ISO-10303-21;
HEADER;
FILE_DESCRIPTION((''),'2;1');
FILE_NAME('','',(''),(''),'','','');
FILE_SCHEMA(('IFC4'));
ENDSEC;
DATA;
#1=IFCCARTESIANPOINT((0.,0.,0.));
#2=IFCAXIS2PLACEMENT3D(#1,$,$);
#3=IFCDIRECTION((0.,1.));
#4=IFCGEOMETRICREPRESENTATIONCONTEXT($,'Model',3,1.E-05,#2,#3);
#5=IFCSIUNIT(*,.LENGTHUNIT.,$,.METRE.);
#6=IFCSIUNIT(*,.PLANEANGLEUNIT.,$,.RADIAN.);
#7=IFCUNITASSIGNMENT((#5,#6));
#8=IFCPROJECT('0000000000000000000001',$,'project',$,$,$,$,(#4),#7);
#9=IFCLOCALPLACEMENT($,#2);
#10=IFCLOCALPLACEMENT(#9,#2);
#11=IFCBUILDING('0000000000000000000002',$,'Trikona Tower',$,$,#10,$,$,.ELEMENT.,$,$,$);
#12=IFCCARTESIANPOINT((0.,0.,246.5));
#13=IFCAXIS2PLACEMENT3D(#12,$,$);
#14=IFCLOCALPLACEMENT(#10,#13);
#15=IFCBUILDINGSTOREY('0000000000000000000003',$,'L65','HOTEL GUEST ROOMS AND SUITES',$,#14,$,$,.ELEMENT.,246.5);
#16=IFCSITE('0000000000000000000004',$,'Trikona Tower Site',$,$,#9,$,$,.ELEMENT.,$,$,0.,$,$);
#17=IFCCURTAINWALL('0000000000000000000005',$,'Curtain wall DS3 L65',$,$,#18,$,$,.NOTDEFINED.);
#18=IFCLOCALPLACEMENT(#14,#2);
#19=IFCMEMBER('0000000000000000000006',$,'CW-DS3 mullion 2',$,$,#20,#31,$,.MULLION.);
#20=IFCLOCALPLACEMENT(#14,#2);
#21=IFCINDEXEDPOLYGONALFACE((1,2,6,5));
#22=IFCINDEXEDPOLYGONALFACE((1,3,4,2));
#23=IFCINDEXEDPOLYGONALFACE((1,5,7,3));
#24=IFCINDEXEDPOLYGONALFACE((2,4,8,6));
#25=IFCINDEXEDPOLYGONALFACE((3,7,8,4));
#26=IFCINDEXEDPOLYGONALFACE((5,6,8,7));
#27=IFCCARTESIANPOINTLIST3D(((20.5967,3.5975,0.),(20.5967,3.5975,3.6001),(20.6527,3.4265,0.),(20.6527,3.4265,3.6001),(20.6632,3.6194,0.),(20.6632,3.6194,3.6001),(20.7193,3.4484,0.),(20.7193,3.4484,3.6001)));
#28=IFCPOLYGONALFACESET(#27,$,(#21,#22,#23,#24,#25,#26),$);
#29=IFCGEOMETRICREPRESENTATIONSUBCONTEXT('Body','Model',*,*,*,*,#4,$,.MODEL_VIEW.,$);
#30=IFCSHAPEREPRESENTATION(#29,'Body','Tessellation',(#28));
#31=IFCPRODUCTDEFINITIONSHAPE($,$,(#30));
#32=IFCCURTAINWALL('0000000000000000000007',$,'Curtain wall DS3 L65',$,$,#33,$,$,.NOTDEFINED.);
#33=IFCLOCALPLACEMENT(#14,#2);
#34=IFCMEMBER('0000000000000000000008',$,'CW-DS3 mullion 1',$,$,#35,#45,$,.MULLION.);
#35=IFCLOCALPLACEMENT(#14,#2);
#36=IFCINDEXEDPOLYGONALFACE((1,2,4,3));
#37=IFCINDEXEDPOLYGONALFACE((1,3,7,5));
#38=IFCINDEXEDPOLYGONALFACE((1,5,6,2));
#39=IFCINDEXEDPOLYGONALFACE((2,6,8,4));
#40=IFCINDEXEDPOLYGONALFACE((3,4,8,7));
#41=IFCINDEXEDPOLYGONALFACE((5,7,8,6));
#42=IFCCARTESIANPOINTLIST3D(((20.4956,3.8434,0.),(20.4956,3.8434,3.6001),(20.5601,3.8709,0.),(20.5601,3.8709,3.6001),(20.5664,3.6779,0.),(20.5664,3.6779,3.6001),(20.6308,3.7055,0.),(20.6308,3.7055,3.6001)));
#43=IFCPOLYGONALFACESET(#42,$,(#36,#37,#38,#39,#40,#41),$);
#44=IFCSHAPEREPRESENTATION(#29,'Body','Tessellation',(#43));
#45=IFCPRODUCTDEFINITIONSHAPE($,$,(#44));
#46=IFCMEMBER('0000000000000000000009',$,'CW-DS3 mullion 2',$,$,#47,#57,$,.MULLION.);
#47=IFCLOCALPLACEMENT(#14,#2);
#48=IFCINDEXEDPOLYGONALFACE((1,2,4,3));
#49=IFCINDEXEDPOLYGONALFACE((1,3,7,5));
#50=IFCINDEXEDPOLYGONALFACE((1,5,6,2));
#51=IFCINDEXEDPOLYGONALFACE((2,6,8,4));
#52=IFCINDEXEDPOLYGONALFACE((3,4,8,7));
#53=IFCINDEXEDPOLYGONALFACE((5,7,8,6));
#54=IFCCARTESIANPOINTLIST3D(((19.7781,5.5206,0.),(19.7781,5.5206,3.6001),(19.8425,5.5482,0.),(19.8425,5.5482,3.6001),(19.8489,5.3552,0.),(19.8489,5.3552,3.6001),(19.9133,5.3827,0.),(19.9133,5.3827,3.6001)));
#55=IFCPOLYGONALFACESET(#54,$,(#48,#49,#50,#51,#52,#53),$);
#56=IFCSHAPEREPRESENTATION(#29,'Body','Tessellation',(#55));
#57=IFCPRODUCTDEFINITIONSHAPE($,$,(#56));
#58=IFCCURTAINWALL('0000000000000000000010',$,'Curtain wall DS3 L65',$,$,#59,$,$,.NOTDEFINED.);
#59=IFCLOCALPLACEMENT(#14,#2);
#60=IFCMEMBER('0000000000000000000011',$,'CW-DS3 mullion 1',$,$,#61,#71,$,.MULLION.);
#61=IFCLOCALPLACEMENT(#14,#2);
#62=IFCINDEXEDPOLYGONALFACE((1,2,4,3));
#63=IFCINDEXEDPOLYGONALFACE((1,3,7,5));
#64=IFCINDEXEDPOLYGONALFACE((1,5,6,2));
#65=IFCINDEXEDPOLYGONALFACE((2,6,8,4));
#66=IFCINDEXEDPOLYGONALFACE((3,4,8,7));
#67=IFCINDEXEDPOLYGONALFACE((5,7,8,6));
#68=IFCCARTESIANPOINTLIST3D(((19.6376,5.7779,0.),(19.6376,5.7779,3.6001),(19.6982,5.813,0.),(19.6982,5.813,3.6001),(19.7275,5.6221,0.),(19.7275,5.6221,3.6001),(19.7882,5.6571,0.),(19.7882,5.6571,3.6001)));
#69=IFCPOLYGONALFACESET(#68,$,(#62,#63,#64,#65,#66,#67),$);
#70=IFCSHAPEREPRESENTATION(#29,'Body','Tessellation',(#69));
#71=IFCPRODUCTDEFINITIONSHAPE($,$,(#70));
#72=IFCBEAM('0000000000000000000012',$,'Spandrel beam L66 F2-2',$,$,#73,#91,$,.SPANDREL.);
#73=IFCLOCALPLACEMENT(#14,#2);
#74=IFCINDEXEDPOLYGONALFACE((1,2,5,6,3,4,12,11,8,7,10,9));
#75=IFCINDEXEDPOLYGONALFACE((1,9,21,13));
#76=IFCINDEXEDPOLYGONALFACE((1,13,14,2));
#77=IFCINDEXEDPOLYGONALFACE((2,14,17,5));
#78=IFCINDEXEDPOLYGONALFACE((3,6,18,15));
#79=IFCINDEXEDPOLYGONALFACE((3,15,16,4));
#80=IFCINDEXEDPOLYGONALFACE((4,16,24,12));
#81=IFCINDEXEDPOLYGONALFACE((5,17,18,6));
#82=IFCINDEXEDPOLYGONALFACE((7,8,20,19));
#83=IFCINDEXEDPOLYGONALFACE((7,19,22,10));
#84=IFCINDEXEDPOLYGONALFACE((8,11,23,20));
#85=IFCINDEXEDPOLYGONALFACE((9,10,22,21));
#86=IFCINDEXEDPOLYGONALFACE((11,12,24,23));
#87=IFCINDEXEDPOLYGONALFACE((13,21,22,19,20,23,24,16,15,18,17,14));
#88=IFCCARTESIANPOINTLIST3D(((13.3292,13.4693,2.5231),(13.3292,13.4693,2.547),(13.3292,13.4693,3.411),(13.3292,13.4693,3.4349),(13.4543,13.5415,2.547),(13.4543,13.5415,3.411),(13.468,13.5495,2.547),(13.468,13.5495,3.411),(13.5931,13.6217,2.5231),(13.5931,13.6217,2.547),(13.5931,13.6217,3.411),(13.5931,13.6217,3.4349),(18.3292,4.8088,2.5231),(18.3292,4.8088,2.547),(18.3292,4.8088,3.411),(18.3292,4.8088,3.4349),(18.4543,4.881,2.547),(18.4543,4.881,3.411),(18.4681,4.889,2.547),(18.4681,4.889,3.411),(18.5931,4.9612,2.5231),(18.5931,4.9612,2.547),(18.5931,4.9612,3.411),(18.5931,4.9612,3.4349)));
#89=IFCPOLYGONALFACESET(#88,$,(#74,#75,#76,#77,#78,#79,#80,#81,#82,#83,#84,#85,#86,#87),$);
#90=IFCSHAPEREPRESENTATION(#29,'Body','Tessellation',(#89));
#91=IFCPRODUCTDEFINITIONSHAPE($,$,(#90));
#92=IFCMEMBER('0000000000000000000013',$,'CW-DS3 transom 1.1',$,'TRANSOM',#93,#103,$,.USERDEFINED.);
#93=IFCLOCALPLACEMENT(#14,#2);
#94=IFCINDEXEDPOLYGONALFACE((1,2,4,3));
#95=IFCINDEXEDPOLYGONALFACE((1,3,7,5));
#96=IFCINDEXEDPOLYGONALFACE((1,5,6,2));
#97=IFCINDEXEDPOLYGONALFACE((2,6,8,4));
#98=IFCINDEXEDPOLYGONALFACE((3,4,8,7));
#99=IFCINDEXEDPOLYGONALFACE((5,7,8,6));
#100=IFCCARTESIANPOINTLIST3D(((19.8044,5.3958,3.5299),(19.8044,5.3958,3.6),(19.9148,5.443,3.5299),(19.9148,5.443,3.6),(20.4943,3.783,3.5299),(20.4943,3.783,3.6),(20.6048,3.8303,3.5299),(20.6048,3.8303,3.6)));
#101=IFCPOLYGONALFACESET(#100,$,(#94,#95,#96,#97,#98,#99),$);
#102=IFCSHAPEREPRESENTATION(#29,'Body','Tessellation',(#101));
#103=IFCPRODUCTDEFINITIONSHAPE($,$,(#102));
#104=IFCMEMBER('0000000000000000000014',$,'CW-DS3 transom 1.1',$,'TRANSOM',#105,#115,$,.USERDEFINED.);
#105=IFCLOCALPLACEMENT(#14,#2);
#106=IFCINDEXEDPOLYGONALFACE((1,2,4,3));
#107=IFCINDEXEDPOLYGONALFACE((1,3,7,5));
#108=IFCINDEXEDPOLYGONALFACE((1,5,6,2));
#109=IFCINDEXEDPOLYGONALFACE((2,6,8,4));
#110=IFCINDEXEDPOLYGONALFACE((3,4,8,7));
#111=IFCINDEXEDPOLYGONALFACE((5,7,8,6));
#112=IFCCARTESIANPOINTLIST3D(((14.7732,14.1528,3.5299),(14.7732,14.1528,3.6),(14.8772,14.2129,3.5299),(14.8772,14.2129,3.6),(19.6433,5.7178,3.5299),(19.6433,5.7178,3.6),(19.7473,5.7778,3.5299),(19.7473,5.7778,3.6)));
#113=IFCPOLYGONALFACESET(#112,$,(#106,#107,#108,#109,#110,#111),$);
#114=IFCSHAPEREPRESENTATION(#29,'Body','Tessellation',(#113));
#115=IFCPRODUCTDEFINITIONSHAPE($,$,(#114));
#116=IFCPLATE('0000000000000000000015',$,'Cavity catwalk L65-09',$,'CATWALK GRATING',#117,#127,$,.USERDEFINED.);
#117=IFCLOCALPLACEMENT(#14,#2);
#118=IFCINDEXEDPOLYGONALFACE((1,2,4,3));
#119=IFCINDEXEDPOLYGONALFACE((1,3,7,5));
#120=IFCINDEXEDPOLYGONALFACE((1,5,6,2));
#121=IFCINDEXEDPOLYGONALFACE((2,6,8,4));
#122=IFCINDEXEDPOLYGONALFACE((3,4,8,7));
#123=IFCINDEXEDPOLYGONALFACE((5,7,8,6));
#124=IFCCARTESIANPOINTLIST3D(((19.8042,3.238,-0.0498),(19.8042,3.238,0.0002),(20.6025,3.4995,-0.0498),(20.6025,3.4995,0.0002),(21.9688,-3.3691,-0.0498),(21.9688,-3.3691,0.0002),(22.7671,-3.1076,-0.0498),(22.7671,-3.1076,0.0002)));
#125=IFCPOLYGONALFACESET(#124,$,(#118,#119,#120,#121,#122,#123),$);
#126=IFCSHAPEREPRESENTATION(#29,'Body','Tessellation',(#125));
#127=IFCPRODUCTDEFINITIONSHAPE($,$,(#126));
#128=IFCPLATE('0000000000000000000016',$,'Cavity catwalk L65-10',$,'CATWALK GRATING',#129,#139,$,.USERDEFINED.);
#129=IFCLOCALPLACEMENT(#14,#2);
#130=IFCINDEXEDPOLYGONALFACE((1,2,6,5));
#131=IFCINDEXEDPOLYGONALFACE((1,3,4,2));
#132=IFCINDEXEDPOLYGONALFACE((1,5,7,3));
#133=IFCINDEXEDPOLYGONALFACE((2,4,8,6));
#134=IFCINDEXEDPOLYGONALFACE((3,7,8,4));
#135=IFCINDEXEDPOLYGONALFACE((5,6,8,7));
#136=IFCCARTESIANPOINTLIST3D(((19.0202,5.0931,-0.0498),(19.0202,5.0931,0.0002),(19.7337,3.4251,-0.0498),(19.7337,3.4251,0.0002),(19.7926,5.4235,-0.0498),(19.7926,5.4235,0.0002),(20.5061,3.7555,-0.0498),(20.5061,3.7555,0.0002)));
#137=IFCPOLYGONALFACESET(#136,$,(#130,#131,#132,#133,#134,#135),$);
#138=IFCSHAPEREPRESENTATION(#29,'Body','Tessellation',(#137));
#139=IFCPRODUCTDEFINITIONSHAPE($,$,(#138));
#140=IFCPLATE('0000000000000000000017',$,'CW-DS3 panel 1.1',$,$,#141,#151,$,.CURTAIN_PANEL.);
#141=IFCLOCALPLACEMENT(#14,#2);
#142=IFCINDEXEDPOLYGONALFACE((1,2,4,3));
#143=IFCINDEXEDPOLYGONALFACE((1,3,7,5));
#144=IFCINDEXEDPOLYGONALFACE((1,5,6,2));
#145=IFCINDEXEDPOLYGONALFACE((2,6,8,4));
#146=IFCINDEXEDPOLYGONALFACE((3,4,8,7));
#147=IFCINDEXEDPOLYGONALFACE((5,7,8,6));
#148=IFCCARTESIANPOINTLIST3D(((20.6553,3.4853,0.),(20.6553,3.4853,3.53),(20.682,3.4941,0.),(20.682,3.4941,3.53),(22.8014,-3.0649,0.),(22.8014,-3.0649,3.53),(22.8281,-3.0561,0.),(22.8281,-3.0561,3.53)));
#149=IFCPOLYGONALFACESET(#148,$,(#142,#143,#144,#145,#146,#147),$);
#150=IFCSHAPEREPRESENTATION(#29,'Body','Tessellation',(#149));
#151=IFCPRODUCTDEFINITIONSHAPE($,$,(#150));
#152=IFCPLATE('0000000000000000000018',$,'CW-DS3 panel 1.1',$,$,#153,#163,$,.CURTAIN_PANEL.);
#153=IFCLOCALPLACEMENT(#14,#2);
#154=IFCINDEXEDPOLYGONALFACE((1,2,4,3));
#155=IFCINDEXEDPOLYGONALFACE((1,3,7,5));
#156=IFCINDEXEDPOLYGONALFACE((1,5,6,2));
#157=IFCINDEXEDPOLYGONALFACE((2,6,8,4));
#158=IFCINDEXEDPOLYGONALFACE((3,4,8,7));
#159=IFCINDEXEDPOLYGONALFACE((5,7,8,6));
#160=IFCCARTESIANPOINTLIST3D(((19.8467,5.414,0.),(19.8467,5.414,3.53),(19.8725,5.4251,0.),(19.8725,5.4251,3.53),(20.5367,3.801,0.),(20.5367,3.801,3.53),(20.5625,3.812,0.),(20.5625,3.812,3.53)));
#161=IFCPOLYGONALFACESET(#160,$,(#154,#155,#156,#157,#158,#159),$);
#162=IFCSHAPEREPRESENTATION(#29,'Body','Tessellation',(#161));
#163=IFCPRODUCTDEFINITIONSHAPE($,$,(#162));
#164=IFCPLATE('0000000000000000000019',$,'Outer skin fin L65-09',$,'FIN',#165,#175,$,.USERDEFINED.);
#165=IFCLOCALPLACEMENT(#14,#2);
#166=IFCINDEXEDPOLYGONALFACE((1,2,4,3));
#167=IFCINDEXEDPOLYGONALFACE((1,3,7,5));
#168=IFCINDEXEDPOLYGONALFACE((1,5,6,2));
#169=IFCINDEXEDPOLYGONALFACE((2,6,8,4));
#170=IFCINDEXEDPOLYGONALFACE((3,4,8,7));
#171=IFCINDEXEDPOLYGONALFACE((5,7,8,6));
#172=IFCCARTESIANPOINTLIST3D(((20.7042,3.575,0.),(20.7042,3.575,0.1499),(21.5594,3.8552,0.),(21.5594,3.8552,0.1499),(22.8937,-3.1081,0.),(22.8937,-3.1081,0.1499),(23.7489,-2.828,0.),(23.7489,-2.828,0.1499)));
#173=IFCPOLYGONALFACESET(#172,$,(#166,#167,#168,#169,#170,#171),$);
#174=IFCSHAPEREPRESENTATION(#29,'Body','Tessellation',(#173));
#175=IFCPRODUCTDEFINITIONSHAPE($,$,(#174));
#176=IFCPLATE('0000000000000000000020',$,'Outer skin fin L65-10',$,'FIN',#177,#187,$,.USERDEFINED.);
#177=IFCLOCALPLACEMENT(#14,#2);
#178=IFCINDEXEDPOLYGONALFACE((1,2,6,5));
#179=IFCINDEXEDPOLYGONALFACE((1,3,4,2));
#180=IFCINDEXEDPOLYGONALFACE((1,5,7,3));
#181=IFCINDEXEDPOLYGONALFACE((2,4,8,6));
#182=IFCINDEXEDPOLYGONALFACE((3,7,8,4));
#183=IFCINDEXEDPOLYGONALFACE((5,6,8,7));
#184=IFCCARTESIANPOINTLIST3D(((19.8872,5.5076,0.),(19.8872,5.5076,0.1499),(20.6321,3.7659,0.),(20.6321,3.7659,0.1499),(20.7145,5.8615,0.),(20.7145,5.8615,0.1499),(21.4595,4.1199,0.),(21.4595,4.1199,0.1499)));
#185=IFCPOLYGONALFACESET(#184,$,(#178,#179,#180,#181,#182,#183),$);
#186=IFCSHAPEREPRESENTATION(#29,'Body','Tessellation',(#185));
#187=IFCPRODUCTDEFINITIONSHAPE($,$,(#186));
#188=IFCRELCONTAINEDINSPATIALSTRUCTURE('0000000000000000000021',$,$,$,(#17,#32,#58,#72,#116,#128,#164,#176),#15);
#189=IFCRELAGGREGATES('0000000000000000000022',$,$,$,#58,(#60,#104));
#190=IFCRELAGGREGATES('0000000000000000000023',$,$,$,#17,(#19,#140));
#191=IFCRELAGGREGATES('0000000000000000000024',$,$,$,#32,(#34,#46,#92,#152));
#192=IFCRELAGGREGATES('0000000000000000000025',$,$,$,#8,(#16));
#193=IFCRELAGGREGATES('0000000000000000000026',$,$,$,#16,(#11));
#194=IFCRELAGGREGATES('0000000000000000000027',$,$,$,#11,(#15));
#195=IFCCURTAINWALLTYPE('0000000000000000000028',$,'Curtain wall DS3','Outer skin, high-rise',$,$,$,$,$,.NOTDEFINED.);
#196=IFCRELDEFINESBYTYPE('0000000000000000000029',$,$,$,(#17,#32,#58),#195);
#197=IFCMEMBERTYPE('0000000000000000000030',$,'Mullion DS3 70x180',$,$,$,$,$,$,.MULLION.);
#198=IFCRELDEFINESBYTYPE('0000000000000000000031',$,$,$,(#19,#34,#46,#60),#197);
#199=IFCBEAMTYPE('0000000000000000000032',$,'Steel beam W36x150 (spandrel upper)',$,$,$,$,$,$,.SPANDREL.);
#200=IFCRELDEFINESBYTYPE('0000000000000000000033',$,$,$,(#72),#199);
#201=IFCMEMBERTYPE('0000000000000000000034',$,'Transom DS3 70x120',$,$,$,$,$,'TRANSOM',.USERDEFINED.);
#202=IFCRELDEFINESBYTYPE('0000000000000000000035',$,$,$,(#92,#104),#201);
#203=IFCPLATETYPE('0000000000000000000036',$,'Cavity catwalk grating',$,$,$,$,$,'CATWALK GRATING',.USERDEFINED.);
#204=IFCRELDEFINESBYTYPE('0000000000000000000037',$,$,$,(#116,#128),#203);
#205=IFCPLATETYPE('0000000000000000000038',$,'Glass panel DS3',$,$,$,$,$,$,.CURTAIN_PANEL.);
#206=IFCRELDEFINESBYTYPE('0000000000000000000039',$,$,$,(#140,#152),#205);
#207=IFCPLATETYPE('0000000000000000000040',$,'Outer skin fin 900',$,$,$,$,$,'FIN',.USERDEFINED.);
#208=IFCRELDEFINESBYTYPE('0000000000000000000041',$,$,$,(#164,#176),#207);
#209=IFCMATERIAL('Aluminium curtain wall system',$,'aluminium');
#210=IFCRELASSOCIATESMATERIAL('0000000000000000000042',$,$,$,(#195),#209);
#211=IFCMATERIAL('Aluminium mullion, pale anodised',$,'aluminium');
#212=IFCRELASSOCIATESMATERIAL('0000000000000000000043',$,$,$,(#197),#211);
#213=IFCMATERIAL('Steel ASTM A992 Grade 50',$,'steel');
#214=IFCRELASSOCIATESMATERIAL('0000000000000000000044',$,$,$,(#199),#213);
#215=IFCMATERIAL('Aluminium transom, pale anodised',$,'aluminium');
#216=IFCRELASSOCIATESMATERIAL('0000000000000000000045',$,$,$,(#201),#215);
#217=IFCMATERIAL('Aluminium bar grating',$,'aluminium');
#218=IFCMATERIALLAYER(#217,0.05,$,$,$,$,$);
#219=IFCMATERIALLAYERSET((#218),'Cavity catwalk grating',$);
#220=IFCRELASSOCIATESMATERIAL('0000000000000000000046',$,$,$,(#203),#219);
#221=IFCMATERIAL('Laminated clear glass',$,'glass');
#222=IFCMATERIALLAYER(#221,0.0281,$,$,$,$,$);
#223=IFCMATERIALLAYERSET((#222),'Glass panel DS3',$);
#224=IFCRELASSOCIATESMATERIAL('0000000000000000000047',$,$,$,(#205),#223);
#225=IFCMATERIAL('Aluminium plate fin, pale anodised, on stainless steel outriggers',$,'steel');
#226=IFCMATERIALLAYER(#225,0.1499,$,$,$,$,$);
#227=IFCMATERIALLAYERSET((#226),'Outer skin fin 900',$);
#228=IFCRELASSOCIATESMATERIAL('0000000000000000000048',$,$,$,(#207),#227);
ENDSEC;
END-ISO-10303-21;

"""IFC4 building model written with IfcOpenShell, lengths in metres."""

from ifc_helpers import new_model, si_unit, direction, frame, origin, origin_2d, place, context, subcontext, project, spatial, rectangle, i_section, extrude, material, layer, layer_set, material_profile, profile_set, type_object, element, aggregate, save


model = new_model("IFC4")

# Units and contexts
model_context = context("Model", 3, precision=1e-05, world=origin(), true_north=direction((0.0, 1.0)))
body_context = subcontext(model_context, "Body", "Model", "MODEL_VIEW")
ifc_project = project(units=[si_unit("LENGTHUNIT", "METRE"), si_unit("PLANEANGLEUNIT", "RADIAN")], contexts=[model_context])

# Site, building, storey
site_placement = place(None, origin())
site = spatial("IfcSite", under=ifc_project, at=site_placement, Name="Trikona Tower Site", CompositionType="ELEMENT", RefElevation=0.0)
building_placement = place(site_placement, origin())
building = spatial("IfcBuilding", under=site, at=building_placement, Name="Trikona Tower", CompositionType="ELEMENT")
storey_placement = place(building_placement, frame((0.0, 0.0, 246.5)))
storey = spatial("IfcBuildingStorey", under=building, at=storey_placement, Name="L65", Description="HOTEL GUEST ROOMS AND SUITES", CompositionType="ELEMENT", Elevation=246.5)

# Curtain wall, member
ifc_material_1 = material(Name="Aluminium curtain wall system", Category="aluminium")
curtain_wall_type = type_object("IfcCurtainWallType", Name="Curtain wall DS3", Description="Outer skin, high-rise", PredefinedType="NOTDEFINED", material=ifc_material_1)
curtain_wall_1_placement = place(storey_placement, origin())
curtain_wall_1 = element("IfcCurtainWall", 1, at=curtain_wall_1_placement, inside=storey, type_object=curtain_wall_type, Name="Curtain wall DS3 L65", PredefinedType="NOTDEFINED")
ifc_material_2 = material(Name="Aluminium mullion, pale anodised", Category="aluminium")
ifc_material_profile_1 = material_profile(ifc_material_2, rectangle(XDim=0.0701, YDim=0.1799, at=origin_2d()), Name="MUL-DS3")
ifc_profile_set_1 = profile_set([ifc_material_profile_1], Name="Aluminium mullion, pale anodised")
member_type_1 = type_object("IfcMemberType", Name="Mullion DS3 70x180", PredefinedType="MULLION", material=ifc_profile_set_1)
member_1_placement = place(storey_placement, frame((20.658, 3.5229, 0.0), z_axis=(0.0, 0.0, 1.0), x_axis=(-0.950297, -0.311344, 0.0)))
member_1 = element("IfcMember", 2, at=member_1_placement, type_object=member_type_1, Name="CW-DS3 mullion 2", PredefinedType="MULLION", context=body_context, shape_type="SweptSolid", body=[
    extrude(rectangle(XDim=0.0701, YDim=0.1799, at=origin_2d()), origin(), (0.0, 0.0, 1.0), 3.6001),
])

# Curtain wall, members
curtain_wall_2_placement = place(storey_placement, origin())
curtain_wall_2 = element("IfcCurtainWall", 3, at=curtain_wall_2_placement, inside=storey, type_object=curtain_wall_type, Name="Curtain wall DS3 L65", PredefinedType="NOTDEFINED")
member_2_placement = place(storey_placement, frame((20.5632, 3.7744, 0.0), z_axis=(0.0, 0.0, 1.0), x_axis=(-0.919421, -0.393276, 0.0)))
member_2 = element("IfcMember", 4, at=member_2_placement, type_object=member_type_1, Name="CW-DS3 mullion 1", PredefinedType="MULLION", context=body_context, shape_type="SweptSolid", body=[
    extrude(rectangle(XDim=0.0701, YDim=0.1799, at=origin_2d()), origin(), (0.0, 0.0, 1.0), 3.6001),
])
member_3_placement = place(storey_placement, frame((19.8457, 5.4517, 0.0), z_axis=(0.0, 0.0, 1.0), x_axis=(-0.919421, -0.393276, 0.0)))
member_3 = element("IfcMember", 5, at=member_3_placement, type_object=member_type_1, Name="CW-DS3 mullion 2", PredefinedType="MULLION", context=body_context, shape_type="SweptSolid", body=[
    extrude(rectangle(XDim=0.0701, YDim=0.1799, at=origin_2d()), origin(), (0.0, 0.0, 1.0), 3.6001),
])

# Curtain wall, member
curtain_wall_3_placement = place(storey_placement, origin())
curtain_wall_3 = element("IfcCurtainWall", 6, at=curtain_wall_3_placement, inside=storey, type_object=curtain_wall_type, Name="Curtain wall DS3 L65", PredefinedType="NOTDEFINED")
member_4_placement = place(storey_placement, frame((19.7129, 5.7175, 0.0), z_axis=(0.0, 0.0, 1.0), x_axis=(-0.866025, -0.500001, 0.0)))
member_4 = element("IfcMember", 7, at=member_4_placement, type_object=member_type_1, Name="CW-DS3 mullion 1", PredefinedType="MULLION", context=body_context, shape_type="SweptSolid", body=[
    extrude(rectangle(XDim=0.0701, YDim=0.1799, at=origin_2d()), origin(), (0.0, 0.0, 1.0), 3.6001),
])

# Beam
ifc_material_3 = material(Name="Steel ASTM A992 Grade 50", Category="steel")
ifc_material_profile_2 = material_profile(ifc_material_3, i_section(OverallWidth=0.3047, OverallDepth=0.9119, WebThickness=0.0159, FlangeThickness=0.0239, at=origin_2d()), Name="W36X150")
ifc_profile_set_2 = profile_set([ifc_material_profile_2], Name="Steel ASTM A992 Grade 50")
beam_type = type_object("IfcBeamType", Name="Steel beam W36x150 (spandrel upper)", PredefinedType="SPANDREL", material=ifc_profile_set_2)
beam_placement = place(storey_placement, frame((18.4612, 4.885, 2.979), z_axis=(-0.499994, 0.866029, 0.0), x_axis=(-0.866029, -0.499994, 0.0)))
element("IfcBeam", 8, at=beam_placement, inside=storey, type_object=beam_type, Name="Spandrel beam L66 F2-2", PredefinedType="SPANDREL", context=body_context, shape_type="SweptSolid", body=[
    extrude(i_section(OverallWidth=0.3047, OverallDepth=0.9119, WebThickness=0.0159, FlangeThickness=0.0239, at=origin_2d()), origin(), (0.0, 0.0, 1.0), 10.0002),
])

# Members
ifc_material_4 = material(Name="Aluminium transom, pale anodised", Category="aluminium")
ifc_material_profile_3 = material_profile(ifc_material_4, rectangle(XDim=0.1201, YDim=0.0701, at=origin_2d()), Name="TRN-DS3")
ifc_profile_set_3 = profile_set([ifc_material_profile_3], Name="Aluminium transom, pale anodised")
member_type_2 = type_object("IfcMemberType", Name="Transom DS3 70x120", ElementType="TRANSOM", PredefinedType="USERDEFINED", material=ifc_profile_set_3)
member_5_placement = place(storey_placement, frame((20.5496, 3.8066, 3.5649), z_axis=(-0.393315, 0.919404, 0.0), x_axis=(-0.919404, -0.393315, 0.0)))
member_5 = element("IfcMember", 9, at=member_5_placement, type_object=member_type_2, Name="CW-DS3 transom 1.1", ObjectType="TRANSOM", PredefinedType="USERDEFINED", context=body_context, shape_type="SweptSolid", body=[
    extrude(rectangle(XDim=0.1201, YDim=0.0701, at=origin_2d()), origin(), (0.0, 0.0, 1.0), 1.7542),
])
member_6_placement = place(storey_placement, frame((19.6953, 5.7478, 3.5649), z_axis=(-0.50001, 0.866019, 0.0), x_axis=(-0.866019, -0.50001, 0.0)))
member_6 = element("IfcMember", 10, at=member_6_placement, type_object=member_type_2, Name="CW-DS3 transom 1.1", ObjectType="TRANSOM", PredefinedType="USERDEFINED", context=body_context, shape_type="SweptSolid", body=[
    extrude(rectangle(XDim=0.1201, YDim=0.0701, at=origin_2d()), origin(), (0.0, 0.0, 1.0), 9.74),
])
aggregate(curtain_wall_3, [member_4, member_6])

# Plates
ifc_material_5 = material(Name="Aluminium bar grating", Category="aluminium")
ifc_layer_1 = layer(ifc_material_5, 0.05)
ifc_layer_set_1 = layer_set([ifc_layer_1], Name="Cavity catwalk grating")
plate_type_1 = type_object("IfcPlateType", Name="Cavity catwalk grating", ElementType="CATWALK GRATING", PredefinedType="USERDEFINED", material=ifc_layer_set_1)
plate_1_placement = place(storey_placement, frame((21.2856, 0.0652, -0.0498), z_axis=(0.0, 0.0, 1.0), x_axis=(-0.311337, 0.9503, 0.0)))
element("IfcPlate", 11, at=plate_1_placement, inside=storey, type_object=plate_type_1, Name="Cavity catwalk L65-09", ObjectType="CATWALK GRATING", PredefinedType="USERDEFINED", context=body_context, shape_type="SweptSolid", body=[
    extrude(rectangle(XDim=6.9526, YDim=0.8401, at=origin_2d()), origin(), (0.0, 0.0, 1.0), 0.05),
])
plate_2_placement = place(storey_placement, frame((19.7632, 4.4243, -0.0498), z_axis=(0.0, 0.0, 1.0), x_axis=(-0.393284, 0.919417, 0.0)))
element("IfcPlate", 12, at=plate_2_placement, inside=storey, type_object=plate_type_1, Name="Cavity catwalk L65-10", ObjectType="CATWALK GRATING", PredefinedType="USERDEFINED", context=body_context, shape_type="SweptSolid", body=[
    extrude(rectangle(XDim=1.8142, YDim=0.8401, at=origin_2d()), origin(), (0.0, 0.0, 1.0), 0.05),
])

# Plates
ifc_material_6 = material(Name="Laminated clear glass", Category="glass")
ifc_layer_2 = layer(ifc_material_6, 0.0281)
ifc_layer_set_2 = layer_set([ifc_layer_2], Name="Glass panel DS3")
plate_type_2 = type_object("IfcPlateType", Name="Glass panel DS3", PredefinedType="CURTAIN_PANEL", material=ifc_layer_set_2)
plate_3_placement = place(storey_placement, frame((21.7417, 0.2146, 0.0), z_axis=(0.0, 0.0, 1.0), x_axis=(-0.311344, 0.950297, 0.0)))
plate_3 = element("IfcPlate", 13, at=plate_3_placement, type_object=plate_type_2, Name="CW-DS3 panel 1.1", PredefinedType="CURTAIN_PANEL", context=body_context, shape_type="SweptSolid", body=[
    extrude(rectangle(XDim=6.8928, YDim=0.0281, at=origin_2d()), origin(), (0.0, 0.0, 1.0), 3.53),
])
aggregate(curtain_wall_1, [member_1, plate_3])
plate_4_placement = place(storey_placement, frame((20.2046, 4.613, 0.0), z_axis=(0.0, 0.0, 1.0), x_axis=(-0.393276, 0.919421, 0.0)))
plate_4 = element("IfcPlate", 14, at=plate_4_placement, type_object=plate_type_2, Name="CW-DS3 panel 1.1", PredefinedType="CURTAIN_PANEL", context=body_context, shape_type="SweptSolid", body=[
    extrude(rectangle(XDim=1.7544, YDim=0.0281, at=origin_2d()), origin(), (0.0, 0.0, 1.0), 3.53),
])
aggregate(curtain_wall_2, [member_2, member_3, member_5, plate_4])

# Plates
ifc_material_7 = material(Name="Aluminium plate fin, pale anodised, on stainless steel outriggers", Category="steel")
ifc_layer_3 = layer(ifc_material_7, 0.1499)
ifc_layer_set_3 = layer_set([ifc_layer_3], Name="Outer skin fin 900")
plate_type_3 = type_object("IfcPlateType", Name="Outer skin fin 900", ElementType="FIN", PredefinedType="USERDEFINED", material=ifc_layer_set_3)
plate_5_placement = place(storey_placement, frame((22.2266, 0.3735, 0.0), z_axis=(0.0, 0.0, 1.0), x_axis=(-0.311337, 0.9503, 0.0)))
element("IfcPlate", 15, at=plate_5_placement, inside=storey, type_object=plate_type_3, Name="Outer skin fin L65-09", ObjectType="FIN", PredefinedType="USERDEFINED", context=body_context, shape_type="SweptSolid", body=[
    extrude(rectangle(XDim=7.0327, YDim=0.8999, at=origin_2d()), origin(), (0.0, 0.0, 1.0), 0.1499),
])
plate_6_placement = place(storey_placement, frame((20.6733, 4.8137, 0.0), z_axis=(0.0, 0.0, 1.0), x_axis=(-0.393284, 0.919417, 0.0)))
element("IfcPlate", 16, at=plate_6_placement, inside=storey, type_object=plate_type_3, Name="Outer skin fin L65-10", ObjectType="FIN", PredefinedType="USERDEFINED", context=body_context, shape_type="SweptSolid", body=[
    extrude(rectangle(XDim=1.8943, YDim=0.8999, at=origin_2d()), origin(), (0.0, 0.0, 1.0), 0.1499),
])

save(model, "model.ifc")
